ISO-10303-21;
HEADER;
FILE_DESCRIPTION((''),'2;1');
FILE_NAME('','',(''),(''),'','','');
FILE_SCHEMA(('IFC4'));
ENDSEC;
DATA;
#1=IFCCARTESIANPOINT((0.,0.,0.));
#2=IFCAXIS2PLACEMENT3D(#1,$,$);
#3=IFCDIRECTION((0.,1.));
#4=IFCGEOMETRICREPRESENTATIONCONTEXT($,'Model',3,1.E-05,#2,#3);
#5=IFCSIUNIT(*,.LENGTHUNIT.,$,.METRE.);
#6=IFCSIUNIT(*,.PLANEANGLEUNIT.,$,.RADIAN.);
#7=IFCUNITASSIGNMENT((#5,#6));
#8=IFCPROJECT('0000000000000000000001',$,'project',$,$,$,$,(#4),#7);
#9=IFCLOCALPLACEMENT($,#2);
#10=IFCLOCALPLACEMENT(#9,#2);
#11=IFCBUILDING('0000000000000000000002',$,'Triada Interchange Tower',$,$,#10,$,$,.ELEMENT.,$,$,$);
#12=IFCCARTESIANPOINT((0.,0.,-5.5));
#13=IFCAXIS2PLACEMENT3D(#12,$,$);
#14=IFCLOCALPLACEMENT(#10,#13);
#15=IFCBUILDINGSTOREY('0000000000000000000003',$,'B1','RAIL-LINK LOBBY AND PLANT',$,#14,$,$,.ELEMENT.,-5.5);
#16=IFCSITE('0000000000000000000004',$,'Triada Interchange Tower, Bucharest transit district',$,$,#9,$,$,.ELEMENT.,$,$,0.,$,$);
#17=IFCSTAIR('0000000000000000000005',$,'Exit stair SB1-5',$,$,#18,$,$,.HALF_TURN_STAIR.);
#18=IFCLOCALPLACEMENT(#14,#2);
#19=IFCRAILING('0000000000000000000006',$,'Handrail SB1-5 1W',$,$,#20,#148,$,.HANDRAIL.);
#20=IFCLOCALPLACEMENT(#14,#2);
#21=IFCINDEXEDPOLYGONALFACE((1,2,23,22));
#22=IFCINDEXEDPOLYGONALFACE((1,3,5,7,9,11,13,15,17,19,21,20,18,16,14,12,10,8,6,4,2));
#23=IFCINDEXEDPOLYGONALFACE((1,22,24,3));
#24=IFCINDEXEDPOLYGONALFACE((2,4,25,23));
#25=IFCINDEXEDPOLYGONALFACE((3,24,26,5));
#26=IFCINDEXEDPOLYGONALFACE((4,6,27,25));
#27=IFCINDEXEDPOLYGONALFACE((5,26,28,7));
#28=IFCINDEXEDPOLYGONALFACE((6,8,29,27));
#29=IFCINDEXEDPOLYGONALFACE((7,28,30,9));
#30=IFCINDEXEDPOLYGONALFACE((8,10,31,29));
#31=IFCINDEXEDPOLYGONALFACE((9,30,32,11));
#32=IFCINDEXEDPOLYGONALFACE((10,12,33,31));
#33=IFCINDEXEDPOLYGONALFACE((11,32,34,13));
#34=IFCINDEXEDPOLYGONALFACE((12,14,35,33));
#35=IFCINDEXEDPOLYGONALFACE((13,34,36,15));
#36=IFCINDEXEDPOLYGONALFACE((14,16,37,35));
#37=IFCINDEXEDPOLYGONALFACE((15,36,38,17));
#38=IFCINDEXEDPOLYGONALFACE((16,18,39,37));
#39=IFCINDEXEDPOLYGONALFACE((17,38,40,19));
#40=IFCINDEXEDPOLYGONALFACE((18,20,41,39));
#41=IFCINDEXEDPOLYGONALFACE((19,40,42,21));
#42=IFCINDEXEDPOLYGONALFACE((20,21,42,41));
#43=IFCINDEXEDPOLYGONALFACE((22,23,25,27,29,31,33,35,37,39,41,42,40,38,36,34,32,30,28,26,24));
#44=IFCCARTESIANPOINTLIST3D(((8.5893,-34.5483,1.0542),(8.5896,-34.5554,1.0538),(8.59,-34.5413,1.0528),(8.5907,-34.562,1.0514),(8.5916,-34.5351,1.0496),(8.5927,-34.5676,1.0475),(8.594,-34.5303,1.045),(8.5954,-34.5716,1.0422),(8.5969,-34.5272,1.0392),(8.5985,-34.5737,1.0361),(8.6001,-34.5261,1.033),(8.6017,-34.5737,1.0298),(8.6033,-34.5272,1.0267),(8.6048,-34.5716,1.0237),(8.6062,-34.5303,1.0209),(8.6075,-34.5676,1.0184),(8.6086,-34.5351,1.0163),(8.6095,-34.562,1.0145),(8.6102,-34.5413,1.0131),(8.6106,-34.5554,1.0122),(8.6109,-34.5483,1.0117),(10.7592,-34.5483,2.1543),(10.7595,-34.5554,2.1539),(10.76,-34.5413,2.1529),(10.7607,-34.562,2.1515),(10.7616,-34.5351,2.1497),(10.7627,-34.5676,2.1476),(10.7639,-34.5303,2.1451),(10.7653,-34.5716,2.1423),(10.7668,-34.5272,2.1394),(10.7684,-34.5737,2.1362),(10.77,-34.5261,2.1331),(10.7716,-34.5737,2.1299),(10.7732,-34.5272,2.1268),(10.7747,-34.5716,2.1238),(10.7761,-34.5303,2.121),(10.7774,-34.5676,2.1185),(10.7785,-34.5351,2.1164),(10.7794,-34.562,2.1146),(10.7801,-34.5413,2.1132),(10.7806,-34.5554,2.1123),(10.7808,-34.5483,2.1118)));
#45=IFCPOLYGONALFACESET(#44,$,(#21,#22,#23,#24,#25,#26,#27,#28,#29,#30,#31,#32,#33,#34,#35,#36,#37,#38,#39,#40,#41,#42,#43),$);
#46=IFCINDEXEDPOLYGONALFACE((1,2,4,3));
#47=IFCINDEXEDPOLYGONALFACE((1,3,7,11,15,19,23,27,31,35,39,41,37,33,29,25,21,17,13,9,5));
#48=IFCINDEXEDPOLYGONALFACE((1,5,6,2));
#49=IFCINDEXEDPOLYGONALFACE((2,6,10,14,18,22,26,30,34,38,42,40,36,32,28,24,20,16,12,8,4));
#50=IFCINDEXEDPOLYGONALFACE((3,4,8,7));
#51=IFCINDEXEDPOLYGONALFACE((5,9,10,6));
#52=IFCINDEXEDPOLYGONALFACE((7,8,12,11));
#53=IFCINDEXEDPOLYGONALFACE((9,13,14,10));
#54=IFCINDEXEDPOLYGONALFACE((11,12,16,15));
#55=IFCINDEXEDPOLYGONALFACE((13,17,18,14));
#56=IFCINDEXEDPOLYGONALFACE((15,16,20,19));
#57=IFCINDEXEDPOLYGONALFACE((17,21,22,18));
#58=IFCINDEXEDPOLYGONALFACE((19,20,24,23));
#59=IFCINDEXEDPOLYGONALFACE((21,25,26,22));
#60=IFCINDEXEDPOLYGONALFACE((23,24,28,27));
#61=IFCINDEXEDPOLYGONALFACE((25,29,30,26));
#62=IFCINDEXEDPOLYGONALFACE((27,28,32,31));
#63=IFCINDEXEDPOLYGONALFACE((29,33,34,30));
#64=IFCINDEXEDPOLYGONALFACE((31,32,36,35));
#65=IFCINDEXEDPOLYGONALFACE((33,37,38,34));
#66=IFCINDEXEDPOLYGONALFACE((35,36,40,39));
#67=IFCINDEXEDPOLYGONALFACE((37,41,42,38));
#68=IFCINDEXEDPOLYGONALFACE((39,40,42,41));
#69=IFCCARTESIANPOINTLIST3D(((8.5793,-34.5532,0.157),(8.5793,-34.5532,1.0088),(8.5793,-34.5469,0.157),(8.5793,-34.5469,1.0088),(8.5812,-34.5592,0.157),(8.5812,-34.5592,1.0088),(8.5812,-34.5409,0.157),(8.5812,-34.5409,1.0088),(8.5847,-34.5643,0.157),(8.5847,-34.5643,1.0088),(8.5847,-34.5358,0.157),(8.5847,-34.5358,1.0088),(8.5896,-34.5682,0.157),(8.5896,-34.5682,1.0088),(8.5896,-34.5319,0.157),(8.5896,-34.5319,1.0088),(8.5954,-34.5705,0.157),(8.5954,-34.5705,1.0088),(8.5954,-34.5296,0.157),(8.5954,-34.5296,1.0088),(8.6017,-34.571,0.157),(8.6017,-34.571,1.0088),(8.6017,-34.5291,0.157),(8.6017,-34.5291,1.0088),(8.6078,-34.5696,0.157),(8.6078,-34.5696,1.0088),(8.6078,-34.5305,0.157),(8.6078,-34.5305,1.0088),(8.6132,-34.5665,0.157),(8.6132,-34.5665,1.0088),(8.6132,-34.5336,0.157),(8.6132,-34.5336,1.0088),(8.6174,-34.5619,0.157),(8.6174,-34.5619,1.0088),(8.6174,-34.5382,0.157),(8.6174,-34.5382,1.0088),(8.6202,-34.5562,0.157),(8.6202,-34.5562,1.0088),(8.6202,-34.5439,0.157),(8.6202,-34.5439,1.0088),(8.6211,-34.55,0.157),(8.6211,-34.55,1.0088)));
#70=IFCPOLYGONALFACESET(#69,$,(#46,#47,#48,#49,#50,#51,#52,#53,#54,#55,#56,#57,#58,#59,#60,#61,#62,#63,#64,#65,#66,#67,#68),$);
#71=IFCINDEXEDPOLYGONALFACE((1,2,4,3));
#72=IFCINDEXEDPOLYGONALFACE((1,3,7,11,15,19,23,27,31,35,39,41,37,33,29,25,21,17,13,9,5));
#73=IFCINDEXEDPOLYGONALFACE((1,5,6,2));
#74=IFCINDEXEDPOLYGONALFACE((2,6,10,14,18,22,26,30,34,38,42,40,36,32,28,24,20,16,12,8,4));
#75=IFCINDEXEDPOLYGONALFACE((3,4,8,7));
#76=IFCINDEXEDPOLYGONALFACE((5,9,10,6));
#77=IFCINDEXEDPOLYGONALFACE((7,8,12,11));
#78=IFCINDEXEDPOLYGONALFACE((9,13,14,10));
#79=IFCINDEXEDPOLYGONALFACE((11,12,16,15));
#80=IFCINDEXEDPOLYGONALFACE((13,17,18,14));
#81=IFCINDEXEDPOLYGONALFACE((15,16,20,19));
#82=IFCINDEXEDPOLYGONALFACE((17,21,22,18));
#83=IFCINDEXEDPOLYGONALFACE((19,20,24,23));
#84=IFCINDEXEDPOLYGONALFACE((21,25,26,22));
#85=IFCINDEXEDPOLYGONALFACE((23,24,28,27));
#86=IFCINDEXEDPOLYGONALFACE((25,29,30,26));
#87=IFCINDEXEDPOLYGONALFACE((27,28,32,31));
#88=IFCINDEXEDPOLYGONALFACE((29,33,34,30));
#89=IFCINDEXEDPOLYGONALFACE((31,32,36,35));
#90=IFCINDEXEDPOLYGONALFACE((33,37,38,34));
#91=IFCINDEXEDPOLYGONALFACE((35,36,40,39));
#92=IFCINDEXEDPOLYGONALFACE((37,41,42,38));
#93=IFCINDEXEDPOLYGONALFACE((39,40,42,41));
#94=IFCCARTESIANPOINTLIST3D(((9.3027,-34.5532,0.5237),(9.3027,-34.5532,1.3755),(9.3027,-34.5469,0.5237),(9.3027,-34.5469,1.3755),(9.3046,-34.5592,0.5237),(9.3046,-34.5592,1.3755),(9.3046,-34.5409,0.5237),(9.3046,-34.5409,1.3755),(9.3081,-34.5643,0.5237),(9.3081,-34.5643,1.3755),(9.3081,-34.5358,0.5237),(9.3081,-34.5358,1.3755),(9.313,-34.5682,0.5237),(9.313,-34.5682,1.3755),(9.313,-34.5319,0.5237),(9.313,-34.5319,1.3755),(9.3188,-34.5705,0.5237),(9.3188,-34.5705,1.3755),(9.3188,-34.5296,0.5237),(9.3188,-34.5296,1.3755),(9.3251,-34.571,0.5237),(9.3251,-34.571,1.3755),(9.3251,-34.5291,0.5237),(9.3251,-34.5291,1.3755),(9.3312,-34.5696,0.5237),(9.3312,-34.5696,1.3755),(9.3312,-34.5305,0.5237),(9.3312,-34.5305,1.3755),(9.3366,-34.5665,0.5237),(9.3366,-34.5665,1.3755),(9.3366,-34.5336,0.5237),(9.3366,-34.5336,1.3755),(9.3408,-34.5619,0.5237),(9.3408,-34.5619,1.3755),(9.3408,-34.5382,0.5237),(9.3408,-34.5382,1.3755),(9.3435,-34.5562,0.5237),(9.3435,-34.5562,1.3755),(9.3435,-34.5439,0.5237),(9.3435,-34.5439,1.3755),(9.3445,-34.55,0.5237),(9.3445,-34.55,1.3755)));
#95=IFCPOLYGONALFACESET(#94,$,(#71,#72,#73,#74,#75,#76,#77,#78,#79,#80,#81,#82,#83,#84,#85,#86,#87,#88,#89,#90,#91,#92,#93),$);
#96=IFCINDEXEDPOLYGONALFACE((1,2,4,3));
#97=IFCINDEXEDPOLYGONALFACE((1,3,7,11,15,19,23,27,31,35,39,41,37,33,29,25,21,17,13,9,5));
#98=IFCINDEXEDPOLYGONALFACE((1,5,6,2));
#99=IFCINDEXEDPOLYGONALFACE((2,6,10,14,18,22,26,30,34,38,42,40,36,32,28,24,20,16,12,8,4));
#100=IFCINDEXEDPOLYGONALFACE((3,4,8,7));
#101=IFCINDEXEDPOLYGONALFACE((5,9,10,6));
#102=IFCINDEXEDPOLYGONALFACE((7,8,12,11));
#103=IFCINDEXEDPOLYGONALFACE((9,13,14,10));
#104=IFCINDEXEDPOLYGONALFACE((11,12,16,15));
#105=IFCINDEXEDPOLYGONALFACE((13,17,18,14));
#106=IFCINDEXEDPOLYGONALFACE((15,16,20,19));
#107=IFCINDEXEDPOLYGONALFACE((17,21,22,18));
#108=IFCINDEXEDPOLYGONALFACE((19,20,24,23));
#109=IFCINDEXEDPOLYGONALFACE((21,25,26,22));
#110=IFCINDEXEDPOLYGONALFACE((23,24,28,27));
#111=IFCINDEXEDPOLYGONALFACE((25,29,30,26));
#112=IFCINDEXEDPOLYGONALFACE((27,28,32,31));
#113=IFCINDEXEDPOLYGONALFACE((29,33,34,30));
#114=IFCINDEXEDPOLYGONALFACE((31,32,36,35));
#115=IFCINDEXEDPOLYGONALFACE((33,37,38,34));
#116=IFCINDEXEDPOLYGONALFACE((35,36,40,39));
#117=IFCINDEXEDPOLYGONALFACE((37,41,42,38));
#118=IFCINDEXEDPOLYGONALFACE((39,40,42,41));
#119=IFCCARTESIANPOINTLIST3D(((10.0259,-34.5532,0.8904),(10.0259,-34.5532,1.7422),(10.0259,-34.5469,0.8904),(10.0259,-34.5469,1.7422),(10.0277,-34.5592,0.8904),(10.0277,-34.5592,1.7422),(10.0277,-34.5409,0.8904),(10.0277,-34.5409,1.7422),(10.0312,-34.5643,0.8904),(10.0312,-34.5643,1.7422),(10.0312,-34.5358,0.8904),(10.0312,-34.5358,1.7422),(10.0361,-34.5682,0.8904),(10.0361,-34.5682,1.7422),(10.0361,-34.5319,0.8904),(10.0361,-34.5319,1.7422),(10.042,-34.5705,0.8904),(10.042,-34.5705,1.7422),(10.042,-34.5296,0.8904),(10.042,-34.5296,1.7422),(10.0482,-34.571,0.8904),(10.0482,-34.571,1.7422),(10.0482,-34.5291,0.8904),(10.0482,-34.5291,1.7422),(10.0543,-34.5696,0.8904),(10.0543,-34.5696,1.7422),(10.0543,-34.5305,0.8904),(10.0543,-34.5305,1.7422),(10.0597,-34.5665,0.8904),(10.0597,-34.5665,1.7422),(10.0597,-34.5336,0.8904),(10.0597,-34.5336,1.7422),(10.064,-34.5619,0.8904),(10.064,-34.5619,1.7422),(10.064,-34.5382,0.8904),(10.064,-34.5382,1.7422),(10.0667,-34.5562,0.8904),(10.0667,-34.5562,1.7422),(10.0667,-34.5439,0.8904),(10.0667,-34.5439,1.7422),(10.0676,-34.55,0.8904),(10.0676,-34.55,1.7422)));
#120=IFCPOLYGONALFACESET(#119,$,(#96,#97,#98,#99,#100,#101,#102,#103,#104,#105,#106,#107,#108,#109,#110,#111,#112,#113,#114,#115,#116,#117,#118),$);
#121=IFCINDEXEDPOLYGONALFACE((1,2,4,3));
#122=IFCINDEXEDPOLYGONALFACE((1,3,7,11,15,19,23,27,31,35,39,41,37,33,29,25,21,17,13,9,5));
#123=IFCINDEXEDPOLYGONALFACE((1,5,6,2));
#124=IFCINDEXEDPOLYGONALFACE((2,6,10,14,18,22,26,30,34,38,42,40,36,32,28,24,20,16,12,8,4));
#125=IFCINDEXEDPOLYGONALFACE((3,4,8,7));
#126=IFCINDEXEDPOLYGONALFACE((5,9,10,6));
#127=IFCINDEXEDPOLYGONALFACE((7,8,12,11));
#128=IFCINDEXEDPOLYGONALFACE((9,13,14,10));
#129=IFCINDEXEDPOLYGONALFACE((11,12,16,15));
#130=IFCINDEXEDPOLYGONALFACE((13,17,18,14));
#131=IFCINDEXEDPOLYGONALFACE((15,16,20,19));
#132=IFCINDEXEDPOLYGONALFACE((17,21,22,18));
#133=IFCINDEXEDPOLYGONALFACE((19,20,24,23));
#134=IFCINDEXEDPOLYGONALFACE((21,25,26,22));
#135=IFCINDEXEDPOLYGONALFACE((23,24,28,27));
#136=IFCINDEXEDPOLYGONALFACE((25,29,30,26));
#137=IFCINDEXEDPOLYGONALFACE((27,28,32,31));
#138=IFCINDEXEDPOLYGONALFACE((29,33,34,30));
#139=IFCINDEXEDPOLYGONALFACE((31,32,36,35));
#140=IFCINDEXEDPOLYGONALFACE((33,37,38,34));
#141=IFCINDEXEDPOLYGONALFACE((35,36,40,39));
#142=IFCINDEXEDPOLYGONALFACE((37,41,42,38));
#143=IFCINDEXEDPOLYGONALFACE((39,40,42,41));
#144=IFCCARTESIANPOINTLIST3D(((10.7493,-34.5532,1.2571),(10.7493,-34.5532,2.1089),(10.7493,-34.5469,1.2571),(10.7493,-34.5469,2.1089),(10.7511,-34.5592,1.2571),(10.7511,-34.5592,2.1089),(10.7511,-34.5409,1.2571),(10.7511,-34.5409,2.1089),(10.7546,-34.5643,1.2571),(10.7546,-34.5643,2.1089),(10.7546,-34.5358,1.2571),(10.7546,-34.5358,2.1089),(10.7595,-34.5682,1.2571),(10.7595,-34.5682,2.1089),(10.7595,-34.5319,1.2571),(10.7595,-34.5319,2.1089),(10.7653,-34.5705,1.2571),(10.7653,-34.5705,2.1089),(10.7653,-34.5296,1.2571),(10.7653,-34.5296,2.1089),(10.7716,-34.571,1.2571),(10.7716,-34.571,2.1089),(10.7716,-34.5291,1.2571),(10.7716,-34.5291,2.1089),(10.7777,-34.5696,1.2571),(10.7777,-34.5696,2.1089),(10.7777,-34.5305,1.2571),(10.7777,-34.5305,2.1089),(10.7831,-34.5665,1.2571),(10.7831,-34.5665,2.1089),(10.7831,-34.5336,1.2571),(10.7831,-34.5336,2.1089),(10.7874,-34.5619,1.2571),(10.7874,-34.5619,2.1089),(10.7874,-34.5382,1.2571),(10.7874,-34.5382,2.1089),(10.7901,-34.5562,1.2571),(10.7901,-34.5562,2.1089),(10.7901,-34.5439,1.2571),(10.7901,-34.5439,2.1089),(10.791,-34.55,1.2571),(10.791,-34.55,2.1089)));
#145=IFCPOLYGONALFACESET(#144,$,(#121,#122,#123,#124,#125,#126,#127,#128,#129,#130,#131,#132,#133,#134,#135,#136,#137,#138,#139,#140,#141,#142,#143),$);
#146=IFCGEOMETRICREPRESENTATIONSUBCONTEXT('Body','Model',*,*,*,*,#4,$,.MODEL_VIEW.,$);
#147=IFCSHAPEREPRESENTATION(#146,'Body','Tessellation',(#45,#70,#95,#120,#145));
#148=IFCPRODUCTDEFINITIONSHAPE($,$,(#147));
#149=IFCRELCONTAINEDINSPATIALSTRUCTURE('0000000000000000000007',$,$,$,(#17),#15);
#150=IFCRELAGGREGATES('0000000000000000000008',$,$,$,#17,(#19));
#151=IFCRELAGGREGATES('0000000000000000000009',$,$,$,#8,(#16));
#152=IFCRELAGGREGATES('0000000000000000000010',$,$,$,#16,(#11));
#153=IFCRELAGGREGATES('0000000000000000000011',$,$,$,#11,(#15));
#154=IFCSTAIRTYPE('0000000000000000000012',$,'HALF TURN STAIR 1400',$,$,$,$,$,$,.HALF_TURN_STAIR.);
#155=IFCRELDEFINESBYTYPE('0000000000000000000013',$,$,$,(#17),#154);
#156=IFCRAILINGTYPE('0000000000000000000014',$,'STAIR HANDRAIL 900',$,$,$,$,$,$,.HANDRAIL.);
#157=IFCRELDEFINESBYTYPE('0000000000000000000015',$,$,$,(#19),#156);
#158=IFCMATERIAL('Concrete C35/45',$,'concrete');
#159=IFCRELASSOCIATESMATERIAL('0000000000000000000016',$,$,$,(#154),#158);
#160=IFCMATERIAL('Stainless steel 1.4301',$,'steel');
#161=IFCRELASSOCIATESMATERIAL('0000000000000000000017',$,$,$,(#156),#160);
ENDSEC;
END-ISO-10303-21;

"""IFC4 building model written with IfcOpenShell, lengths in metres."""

from ifc_helpers import new_model, si_unit, direction, frame, origin, origin_2d, place, context, subcontext, project, spatial, circle, extrude, material, type_object, element, aggregate, save


model = new_model("IFC4")

# Units and contexts
model_context = context("Model", 3, precision=1e-05, world=origin(), true_north=direction((0.0, 1.0)))
body_context = subcontext(model_context, "Body", "Model", "MODEL_VIEW")
ifc_project = project(units=[si_unit("LENGTHUNIT", "METRE"), si_unit("PLANEANGLEUNIT", "RADIAN")], contexts=[model_context])

# Site, building, storey
site_placement = place(None, origin())
site = spatial("IfcSite", under=ifc_project, at=site_placement, Name="Triada Interchange Tower, Bucharest transit district", CompositionType="ELEMENT", RefElevation=0.0)
building_placement = place(site_placement, origin())
building = spatial("IfcBuilding", under=site, at=building_placement, Name="Triada Interchange Tower", CompositionType="ELEMENT")
storey_placement = place(building_placement, frame((0.0, 0.0, -5.5)))
storey = spatial("IfcBuildingStorey", under=building, at=storey_placement, Name="B1", Description="RAIL-LINK LOBBY AND PLANT", CompositionType="ELEMENT", Elevation=-5.5)

# Shared definitions
ifc_material_1 = material(Name="Concrete C35/45", Category="concrete")

# Stair
stair_type = type_object("IfcStairType", Name="HALF TURN STAIR 1400", PredefinedType="HALF_TURN_STAIR", material=ifc_material_1)
stair_1_placement = place(storey_placement, origin())
stair_1 = element("IfcStair", 1, at=stair_1_placement, inside=storey, type_object=stair_type, Name="Exit stair SB1-5", PredefinedType="HALF_TURN_STAIR")

# Railing
ifc_material_2 = material(Name="Stainless steel 1.4301", Category="steel")
railing_type_1 = type_object("IfcRailingType", Name="STAIR HANDRAIL 900", PredefinedType="HANDRAIL", material=ifc_material_2)
railing_1_placement = place(storey_placement, frame((8.6001, -34.55, 0.157)))
railing_1 = element("IfcRailing", 2, at=railing_1_placement, type_object=railing_type_1, Name="Handrail SB1-5 1W", PredefinedType="HANDRAIL", context=body_context, shape_type="SweptSolid", body=[
    extrude(circle(Radius=0.0239, at=origin_2d()), frame((0.0, 0.0, 0.876), z_axis=(0.891925, 0.0, 0.452184), x_axis=(0.0, 1.0, 0.0)), (0.0, 0.0, 1.0), 2.4329),
    extrude(circle(Radius=0.021, at=origin_2d()), origin(), (0.0, 0.0, 1.0), 0.8518),
    extrude(circle(Radius=0.021, at=origin_2d()), frame((0.7234, 0.0, 0.3667)), (0.0, 0.0, 1.0), 0.8518),
    extrude(circle(Radius=0.021, at=origin_2d()), frame((1.4465, 0.0, 0.7334)), (0.0, 0.0, 1.0), 0.8518),
    extrude(circle(Radius=0.021, at=origin_2d()), frame((2.1699, 0.0, 1.1001)), (0.0, 0.0, 1.0), 0.8518),
])
aggregate(stair_1, [railing_1])

save(model, "model.ifc")
